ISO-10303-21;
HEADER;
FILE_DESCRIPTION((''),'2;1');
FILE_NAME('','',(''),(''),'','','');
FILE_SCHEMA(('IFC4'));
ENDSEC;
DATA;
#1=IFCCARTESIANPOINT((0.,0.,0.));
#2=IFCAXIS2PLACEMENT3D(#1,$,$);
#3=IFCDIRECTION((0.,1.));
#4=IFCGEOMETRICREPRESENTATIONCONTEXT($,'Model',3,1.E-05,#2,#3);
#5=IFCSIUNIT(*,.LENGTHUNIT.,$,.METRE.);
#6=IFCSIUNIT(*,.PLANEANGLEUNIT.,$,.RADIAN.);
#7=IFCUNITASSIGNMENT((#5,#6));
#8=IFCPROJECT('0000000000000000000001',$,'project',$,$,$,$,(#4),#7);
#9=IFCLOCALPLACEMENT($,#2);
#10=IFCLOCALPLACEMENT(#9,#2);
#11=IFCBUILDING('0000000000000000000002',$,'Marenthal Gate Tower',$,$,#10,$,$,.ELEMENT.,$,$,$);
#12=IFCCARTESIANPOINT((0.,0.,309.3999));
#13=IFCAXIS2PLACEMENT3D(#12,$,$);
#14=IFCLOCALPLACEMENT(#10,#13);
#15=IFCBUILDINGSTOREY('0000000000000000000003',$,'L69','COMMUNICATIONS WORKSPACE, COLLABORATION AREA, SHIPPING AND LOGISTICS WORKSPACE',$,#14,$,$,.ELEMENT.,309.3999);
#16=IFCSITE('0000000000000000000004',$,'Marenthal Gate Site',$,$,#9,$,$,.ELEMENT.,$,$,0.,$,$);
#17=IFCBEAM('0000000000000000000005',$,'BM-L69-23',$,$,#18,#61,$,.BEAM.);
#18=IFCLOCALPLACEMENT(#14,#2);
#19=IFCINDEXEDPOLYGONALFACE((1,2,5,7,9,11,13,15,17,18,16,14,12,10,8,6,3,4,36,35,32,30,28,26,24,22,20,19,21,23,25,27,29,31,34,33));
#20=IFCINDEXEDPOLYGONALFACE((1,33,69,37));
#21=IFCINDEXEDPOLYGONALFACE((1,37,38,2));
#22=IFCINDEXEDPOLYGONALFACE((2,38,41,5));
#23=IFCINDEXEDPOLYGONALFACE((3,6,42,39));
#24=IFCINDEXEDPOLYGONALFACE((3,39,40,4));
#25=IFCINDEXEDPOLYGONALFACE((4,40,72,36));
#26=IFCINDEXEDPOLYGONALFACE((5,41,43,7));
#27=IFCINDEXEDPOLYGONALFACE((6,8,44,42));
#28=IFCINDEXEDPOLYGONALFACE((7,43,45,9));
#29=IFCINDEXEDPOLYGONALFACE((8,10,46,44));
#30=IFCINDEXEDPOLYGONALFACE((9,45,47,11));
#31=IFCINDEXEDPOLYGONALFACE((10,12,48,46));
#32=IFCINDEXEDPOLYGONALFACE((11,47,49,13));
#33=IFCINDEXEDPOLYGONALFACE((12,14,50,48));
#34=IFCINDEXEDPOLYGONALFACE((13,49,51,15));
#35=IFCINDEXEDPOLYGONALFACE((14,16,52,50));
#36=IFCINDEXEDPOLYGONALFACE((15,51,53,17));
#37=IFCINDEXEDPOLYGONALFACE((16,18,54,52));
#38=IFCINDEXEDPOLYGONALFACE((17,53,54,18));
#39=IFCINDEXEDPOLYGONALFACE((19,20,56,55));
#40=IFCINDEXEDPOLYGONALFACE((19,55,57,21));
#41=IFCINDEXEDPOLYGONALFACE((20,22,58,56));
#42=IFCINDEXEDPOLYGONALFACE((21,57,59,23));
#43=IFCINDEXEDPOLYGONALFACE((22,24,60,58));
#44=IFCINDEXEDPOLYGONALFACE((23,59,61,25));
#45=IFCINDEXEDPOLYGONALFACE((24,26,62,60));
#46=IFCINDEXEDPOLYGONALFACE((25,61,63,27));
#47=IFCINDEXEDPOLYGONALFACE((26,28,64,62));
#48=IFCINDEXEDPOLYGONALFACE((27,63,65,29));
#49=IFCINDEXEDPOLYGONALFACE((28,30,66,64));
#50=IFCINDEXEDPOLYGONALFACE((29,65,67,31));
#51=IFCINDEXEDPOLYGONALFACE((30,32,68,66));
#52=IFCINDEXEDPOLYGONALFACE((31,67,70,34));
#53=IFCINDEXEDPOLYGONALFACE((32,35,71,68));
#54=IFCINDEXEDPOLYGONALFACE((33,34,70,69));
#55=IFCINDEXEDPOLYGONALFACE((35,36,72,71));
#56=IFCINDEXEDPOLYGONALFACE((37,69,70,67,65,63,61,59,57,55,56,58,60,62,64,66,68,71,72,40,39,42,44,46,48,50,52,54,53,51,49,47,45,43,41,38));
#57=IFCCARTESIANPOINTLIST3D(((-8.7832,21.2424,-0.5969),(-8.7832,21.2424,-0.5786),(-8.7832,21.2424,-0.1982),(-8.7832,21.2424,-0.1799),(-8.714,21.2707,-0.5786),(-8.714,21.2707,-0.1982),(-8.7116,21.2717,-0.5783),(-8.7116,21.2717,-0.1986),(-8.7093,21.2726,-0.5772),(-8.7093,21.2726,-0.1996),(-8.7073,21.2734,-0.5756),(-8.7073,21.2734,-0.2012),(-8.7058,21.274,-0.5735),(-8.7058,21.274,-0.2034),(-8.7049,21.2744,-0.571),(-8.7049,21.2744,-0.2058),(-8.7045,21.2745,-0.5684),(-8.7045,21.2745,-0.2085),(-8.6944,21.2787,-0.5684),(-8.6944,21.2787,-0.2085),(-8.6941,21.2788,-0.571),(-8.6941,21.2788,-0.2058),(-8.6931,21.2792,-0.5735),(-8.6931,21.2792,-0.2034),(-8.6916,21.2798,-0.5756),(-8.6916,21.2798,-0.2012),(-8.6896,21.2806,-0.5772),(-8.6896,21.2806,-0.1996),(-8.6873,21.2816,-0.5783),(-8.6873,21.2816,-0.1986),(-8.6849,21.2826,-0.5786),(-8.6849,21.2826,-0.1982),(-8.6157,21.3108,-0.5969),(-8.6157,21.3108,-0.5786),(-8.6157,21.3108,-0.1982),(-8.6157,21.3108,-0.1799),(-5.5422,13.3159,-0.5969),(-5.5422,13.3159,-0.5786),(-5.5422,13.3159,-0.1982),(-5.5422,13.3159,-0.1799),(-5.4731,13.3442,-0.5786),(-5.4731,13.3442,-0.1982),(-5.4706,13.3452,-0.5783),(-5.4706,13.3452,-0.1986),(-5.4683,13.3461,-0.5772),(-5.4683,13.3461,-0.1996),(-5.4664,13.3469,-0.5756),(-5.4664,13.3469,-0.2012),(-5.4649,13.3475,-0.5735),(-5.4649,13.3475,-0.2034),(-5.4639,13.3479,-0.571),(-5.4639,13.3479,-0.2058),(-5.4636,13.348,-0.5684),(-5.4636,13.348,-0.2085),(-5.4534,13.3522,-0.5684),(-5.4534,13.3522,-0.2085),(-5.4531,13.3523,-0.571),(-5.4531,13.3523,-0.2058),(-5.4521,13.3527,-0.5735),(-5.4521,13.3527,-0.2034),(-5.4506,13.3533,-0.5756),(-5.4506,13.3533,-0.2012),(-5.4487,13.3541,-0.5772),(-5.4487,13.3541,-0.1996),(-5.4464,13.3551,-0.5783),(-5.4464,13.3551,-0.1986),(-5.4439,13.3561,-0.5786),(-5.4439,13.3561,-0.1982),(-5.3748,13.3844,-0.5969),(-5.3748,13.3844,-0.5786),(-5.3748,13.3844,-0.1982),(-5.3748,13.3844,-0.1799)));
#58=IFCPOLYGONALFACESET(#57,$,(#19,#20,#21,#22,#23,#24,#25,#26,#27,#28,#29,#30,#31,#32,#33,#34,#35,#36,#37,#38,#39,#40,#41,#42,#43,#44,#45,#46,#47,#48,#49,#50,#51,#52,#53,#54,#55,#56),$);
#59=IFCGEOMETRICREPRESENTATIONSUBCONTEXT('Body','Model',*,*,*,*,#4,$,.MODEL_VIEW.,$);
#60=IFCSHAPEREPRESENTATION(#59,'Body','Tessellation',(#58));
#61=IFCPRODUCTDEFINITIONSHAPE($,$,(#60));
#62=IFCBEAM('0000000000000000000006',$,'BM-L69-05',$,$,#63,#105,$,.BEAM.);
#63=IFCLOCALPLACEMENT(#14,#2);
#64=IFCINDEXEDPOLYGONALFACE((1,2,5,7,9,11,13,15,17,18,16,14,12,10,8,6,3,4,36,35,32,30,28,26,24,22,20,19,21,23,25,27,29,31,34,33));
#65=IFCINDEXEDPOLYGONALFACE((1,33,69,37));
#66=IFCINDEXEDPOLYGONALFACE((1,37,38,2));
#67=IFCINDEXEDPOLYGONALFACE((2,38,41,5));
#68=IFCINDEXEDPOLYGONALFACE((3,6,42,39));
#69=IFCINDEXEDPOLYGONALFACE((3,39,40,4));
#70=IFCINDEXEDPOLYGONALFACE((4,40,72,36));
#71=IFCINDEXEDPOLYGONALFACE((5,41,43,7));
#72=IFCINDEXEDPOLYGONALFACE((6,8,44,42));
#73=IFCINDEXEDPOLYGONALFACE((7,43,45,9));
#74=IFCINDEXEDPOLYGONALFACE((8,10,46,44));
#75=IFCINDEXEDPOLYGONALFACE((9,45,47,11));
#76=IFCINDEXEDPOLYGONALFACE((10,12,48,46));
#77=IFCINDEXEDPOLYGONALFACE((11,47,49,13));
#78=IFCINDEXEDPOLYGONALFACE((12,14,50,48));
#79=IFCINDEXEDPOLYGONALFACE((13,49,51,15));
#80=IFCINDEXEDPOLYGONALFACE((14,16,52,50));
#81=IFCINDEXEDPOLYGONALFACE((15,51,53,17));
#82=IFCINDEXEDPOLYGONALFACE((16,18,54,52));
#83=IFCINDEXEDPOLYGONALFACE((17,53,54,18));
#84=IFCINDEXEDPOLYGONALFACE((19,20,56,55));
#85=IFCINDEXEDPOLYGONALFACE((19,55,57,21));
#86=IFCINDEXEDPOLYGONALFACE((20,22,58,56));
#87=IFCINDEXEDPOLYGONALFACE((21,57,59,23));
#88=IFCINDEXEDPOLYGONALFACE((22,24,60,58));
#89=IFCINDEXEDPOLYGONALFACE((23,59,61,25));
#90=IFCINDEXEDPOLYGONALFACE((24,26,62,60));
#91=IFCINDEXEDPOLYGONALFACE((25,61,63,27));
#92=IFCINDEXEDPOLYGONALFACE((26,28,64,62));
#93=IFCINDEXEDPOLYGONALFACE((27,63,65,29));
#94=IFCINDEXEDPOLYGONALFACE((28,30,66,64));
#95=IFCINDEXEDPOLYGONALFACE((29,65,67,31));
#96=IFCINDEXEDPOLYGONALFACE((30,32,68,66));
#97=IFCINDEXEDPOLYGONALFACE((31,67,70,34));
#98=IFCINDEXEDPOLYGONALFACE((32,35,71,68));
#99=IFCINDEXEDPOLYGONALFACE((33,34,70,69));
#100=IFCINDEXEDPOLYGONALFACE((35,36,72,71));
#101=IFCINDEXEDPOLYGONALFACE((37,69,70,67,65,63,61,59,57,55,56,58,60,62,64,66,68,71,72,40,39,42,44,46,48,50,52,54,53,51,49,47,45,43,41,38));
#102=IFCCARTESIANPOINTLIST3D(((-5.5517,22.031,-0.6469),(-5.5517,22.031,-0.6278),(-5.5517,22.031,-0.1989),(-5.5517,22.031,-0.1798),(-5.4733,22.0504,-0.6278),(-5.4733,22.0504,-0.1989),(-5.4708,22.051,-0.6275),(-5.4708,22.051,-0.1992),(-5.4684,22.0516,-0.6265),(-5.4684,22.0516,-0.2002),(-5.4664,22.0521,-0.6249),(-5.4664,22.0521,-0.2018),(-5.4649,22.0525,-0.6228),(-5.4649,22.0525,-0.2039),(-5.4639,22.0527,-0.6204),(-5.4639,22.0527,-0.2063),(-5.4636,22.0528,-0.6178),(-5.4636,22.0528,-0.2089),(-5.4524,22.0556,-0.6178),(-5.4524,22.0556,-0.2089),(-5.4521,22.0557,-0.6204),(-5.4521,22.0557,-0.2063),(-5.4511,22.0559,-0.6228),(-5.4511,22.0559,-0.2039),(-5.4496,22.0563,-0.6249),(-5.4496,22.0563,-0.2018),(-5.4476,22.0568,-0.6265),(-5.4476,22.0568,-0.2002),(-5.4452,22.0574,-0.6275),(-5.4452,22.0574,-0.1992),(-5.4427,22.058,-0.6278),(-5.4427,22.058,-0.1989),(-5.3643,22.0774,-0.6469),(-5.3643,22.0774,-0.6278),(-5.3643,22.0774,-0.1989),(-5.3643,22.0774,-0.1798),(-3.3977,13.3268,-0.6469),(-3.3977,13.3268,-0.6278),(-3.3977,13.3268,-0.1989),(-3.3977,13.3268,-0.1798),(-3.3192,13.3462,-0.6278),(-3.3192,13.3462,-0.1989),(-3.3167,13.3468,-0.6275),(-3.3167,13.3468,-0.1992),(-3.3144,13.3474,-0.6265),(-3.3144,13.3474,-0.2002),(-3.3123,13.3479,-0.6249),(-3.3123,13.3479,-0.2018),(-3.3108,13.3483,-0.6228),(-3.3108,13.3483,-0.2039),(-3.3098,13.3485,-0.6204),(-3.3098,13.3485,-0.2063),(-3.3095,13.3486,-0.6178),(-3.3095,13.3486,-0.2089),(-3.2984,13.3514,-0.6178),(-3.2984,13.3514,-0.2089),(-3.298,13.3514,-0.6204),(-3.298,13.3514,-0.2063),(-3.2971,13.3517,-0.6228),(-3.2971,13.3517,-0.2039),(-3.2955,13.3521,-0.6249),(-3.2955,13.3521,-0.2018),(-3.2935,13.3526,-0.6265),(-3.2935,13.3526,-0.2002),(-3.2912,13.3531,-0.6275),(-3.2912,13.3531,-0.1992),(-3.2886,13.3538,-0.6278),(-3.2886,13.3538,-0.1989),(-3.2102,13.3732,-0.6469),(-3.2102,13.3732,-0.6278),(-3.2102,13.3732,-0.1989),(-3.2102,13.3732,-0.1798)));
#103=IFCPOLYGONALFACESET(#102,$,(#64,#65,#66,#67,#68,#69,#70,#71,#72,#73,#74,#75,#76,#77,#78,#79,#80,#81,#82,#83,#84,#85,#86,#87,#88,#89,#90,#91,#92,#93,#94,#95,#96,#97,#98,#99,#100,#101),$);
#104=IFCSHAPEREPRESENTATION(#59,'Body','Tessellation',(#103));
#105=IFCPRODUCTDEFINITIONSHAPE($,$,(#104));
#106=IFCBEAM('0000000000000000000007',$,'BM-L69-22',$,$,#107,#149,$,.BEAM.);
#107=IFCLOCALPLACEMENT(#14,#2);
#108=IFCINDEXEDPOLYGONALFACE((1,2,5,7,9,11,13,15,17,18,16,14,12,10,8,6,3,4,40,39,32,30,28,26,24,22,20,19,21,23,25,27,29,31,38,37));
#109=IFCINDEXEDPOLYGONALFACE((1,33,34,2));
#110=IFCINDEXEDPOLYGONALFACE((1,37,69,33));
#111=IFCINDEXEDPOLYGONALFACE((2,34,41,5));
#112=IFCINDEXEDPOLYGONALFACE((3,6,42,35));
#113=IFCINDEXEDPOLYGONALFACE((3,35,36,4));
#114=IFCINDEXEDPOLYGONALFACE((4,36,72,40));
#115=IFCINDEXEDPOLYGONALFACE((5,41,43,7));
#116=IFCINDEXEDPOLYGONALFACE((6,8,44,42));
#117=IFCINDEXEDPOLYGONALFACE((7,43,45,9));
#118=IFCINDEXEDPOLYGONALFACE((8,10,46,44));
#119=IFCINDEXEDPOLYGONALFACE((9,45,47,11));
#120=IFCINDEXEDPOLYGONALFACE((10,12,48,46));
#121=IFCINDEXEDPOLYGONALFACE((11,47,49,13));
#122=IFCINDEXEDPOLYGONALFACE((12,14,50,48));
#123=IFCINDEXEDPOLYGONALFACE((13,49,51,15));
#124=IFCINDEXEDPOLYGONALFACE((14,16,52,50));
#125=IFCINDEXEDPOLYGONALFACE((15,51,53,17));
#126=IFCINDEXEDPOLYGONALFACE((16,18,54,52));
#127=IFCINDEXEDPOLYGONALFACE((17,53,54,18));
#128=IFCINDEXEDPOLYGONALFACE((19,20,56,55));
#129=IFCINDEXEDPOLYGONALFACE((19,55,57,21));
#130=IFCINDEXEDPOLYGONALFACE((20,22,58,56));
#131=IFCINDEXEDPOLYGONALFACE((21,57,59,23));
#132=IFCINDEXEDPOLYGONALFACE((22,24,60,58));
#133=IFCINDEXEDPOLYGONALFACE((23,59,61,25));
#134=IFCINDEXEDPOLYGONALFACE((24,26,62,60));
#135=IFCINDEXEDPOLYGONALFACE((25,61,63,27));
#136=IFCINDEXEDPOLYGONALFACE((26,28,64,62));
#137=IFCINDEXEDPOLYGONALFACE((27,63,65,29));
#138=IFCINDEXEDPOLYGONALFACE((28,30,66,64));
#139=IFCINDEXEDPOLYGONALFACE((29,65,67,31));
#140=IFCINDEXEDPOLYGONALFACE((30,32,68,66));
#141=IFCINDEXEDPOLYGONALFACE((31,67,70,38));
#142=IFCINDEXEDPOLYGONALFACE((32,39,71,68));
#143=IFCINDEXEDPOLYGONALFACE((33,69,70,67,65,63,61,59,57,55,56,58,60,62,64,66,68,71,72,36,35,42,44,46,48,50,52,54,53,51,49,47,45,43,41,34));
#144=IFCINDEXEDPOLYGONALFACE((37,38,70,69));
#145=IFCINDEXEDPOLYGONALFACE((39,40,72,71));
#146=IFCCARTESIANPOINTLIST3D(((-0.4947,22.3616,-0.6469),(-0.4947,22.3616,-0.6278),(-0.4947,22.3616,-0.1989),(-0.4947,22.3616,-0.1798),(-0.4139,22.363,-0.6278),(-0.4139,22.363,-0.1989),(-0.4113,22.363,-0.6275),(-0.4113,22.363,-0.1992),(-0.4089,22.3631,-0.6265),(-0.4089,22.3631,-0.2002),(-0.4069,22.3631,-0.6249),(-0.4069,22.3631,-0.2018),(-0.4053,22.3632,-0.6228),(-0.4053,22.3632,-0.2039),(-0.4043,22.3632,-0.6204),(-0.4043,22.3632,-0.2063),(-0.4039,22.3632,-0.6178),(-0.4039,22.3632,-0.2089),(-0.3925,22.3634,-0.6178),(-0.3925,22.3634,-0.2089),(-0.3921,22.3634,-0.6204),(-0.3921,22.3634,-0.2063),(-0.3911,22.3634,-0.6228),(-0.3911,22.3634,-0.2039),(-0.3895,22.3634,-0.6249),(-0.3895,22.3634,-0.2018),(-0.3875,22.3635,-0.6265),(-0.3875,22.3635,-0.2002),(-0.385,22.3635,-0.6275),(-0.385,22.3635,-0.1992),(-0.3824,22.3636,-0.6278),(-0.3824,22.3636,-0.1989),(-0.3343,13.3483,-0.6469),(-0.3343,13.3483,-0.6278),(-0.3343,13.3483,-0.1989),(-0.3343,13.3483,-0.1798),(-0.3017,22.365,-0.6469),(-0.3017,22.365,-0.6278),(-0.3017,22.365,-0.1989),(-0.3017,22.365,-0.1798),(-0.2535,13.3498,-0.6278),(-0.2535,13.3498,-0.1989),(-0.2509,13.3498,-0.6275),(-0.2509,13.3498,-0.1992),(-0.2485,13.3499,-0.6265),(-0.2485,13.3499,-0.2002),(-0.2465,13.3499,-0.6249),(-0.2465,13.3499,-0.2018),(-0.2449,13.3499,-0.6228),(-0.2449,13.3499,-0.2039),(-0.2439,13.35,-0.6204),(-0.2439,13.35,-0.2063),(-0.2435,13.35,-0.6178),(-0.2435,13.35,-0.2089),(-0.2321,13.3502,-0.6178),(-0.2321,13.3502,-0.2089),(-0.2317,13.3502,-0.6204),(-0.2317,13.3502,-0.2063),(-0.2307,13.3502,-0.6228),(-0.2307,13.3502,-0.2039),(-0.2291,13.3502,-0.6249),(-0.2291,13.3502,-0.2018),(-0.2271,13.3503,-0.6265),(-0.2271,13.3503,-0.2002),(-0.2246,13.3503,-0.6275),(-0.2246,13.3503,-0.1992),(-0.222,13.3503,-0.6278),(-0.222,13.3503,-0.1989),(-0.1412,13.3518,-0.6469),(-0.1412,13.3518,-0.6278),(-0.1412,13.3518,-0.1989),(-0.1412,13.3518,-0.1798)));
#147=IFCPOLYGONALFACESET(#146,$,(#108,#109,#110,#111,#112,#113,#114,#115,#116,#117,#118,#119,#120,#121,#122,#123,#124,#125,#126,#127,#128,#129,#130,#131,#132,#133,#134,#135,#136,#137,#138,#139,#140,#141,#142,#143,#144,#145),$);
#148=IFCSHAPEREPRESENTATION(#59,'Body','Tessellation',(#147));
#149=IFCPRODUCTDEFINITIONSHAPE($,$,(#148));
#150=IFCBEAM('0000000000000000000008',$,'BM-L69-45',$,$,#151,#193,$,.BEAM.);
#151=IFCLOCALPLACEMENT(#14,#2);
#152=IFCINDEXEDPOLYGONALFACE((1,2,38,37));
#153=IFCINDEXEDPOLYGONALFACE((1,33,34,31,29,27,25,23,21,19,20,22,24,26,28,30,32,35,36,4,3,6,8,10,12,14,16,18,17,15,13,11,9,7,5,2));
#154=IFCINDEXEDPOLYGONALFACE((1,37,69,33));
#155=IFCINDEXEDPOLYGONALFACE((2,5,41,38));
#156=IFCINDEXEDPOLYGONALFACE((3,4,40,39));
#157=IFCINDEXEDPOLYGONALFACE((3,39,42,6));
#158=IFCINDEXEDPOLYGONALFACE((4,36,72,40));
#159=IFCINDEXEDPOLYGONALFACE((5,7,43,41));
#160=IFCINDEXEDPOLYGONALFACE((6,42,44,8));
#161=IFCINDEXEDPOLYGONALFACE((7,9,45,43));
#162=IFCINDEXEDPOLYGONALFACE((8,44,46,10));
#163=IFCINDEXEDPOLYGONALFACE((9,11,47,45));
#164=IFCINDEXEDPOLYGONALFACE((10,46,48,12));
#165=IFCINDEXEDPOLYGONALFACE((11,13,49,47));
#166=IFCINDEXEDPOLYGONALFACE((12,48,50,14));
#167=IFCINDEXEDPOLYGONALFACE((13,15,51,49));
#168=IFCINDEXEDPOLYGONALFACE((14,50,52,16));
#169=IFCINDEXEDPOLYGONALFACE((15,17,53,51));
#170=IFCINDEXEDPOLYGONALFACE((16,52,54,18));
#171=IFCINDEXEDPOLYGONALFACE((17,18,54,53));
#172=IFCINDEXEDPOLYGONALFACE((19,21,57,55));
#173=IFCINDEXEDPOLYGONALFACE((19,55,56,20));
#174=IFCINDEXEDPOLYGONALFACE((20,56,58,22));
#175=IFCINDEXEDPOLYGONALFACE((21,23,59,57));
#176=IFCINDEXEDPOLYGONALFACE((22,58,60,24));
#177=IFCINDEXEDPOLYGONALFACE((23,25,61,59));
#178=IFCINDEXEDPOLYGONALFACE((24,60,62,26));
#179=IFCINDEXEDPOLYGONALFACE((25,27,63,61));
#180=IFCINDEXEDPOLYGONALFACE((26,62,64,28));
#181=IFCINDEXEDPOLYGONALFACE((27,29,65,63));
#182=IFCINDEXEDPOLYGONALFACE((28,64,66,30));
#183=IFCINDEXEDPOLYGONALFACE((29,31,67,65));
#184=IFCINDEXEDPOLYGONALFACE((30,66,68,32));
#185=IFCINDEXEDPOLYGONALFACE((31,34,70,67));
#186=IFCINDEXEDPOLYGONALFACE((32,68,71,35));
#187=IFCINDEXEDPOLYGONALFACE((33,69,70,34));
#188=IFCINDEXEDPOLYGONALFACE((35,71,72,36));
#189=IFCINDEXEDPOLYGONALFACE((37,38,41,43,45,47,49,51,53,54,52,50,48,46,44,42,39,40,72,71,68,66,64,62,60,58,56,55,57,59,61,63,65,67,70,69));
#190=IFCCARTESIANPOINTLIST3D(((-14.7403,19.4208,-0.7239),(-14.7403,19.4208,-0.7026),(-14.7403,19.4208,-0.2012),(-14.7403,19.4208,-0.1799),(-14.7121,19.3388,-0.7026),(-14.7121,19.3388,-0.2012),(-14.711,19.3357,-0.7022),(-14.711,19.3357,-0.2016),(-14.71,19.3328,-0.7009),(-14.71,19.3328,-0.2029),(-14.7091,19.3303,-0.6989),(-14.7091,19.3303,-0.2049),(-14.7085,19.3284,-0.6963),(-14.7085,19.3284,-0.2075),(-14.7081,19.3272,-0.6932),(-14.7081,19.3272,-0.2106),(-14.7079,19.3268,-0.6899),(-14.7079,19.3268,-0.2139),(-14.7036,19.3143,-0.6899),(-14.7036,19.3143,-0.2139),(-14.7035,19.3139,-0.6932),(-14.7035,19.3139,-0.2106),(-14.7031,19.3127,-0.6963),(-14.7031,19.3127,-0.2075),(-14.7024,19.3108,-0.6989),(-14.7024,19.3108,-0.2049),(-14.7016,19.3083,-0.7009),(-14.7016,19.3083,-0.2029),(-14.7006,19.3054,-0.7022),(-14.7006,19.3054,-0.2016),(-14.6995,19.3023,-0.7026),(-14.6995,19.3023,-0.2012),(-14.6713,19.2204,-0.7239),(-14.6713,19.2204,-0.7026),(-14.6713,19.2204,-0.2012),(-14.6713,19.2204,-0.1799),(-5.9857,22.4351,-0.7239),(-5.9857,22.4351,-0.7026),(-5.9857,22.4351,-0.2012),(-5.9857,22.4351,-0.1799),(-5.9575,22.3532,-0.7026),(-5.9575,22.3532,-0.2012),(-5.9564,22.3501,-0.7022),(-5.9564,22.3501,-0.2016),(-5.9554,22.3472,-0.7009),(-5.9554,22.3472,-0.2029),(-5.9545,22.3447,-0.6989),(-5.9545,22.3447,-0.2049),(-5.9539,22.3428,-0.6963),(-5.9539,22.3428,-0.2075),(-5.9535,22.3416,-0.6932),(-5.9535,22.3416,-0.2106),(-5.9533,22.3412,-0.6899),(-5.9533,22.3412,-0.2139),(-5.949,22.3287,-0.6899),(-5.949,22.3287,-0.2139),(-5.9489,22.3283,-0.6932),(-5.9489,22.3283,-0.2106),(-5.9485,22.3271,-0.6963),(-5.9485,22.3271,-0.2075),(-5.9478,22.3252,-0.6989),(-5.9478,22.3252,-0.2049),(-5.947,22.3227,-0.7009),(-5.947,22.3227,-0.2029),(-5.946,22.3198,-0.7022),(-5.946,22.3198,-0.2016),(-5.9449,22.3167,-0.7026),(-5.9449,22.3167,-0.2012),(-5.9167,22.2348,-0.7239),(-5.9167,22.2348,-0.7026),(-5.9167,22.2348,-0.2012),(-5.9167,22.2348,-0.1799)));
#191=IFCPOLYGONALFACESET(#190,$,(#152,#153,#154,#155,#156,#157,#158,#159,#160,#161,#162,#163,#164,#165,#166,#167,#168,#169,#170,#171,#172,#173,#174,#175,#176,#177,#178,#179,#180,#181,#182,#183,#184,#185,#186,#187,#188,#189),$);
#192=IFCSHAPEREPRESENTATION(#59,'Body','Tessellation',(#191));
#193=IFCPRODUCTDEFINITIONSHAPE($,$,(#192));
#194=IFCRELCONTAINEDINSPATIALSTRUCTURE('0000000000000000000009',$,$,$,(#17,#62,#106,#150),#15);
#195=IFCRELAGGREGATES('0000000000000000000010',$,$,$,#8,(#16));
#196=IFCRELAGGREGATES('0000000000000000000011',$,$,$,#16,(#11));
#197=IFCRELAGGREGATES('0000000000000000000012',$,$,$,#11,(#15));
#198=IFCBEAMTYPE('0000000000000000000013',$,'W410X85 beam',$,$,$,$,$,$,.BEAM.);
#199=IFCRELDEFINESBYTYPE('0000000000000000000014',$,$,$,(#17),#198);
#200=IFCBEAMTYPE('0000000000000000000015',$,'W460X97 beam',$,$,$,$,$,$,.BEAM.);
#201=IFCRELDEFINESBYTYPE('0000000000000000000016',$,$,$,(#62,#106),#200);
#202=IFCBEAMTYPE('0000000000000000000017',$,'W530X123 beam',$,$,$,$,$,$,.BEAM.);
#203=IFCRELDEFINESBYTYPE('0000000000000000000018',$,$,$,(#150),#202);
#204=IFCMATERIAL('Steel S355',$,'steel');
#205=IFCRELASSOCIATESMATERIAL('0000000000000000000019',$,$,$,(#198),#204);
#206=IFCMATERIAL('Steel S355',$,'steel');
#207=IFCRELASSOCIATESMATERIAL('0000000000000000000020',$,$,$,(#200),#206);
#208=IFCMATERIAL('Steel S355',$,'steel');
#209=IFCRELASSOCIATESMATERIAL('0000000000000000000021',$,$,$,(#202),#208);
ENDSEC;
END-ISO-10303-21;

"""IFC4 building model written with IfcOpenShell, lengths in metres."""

from ifc_helpers import new_model, si_unit, direction, frame, origin, origin_2d, place, context, subcontext, project, spatial, i_section, extrude, material, material_profile, profile_set, type_object, element, save


model = new_model("IFC4")

# Units and contexts
model_context = context("Model", 3, precision=1e-05, world=origin(), true_north=direction((0.0, 1.0)))
body_context = subcontext(model_context, "Body", "Model", "MODEL_VIEW")
ifc_project = project(units=[si_unit("LENGTHUNIT", "METRE"), si_unit("PLANEANGLEUNIT", "RADIAN")], contexts=[model_context])

# Site, building, storey
site_placement = place(None, origin())
site = spatial("IfcSite", under=ifc_project, at=site_placement, Name="Marenthal Gate Site", CompositionType="ELEMENT", RefElevation=0.0)
building_placement = place(site_placement, origin())
building = spatial("IfcBuilding", under=site, at=building_placement, Name="Marenthal Gate Tower", CompositionType="ELEMENT")
storey_placement = place(building_placement, frame((0.0, 0.0, 309.3999)))
storey = spatial("IfcBuildingStorey", under=building, at=storey_placement, Name="L69", Description="COMMUNICATIONS WORKSPACE, COLLABORATION AREA, SHIPPING AND LOGISTICS WORKSPACE", CompositionType="ELEMENT", Elevation=309.3999)

# Beams
ifc_material_1 = material(Name="Steel S355", Category="steel")
ifc_material_profile_1 = material_profile(ifc_material_1, i_section(OverallWidth=0.1809, OverallDepth=0.417, WebThickness=0.011, FlangeThickness=0.0183, FilletRadius=0.0103, at=origin_2d()), Name="W410X85")
ifc_profile_set_1 = profile_set([ifc_material_profile_1], Name="Steel S355")
beam_type_1 = type_object("IfcBeamType", Name="W410X85 beam", PredefinedType="BEAM", material=ifc_profile_set_1)
beam_1_placement = place(storey_placement, frame((-8.6995, 21.2766, -0.3884), z_axis=(0.378463, -0.925616, 0.0), x_axis=(0.925616, 0.378463, 0.0)))
element("IfcBeam", 1, at=beam_1_placement, inside=storey, type_object=beam_type_1, Name="BM-L69-23", PredefinedType="BEAM", context=body_context, shape_type="SweptSolid", body=[
    extrude(i_section(OverallWidth=0.1809, OverallDepth=0.417, WebThickness=0.011, FlangeThickness=0.0183, FilletRadius=0.0103, at=origin_2d()), origin(), (0.0, 0.0, 1.0), 8.5635),
])
ifc_material_2 = material(Name="Steel S355", Category="steel")
ifc_material_profile_2 = material_profile(ifc_material_2, i_section(OverallWidth=0.1931, OverallDepth=0.467, WebThickness=0.0115, FlangeThickness=0.019, FilletRadius=0.01, at=origin_2d()), Name="W460X97")
ifc_profile_set_2 = profile_set([ifc_material_profile_2], Name="Steel S355")
beam_type_2 = type_object("IfcBeamType", Name="W460X97 beam", PredefinedType="BEAM", material=ifc_profile_set_2)
beam_2_placement = place(storey_placement, frame((-5.458, 22.0542, -0.4133), z_axis=(0.240229, -0.970716, 0.0), x_axis=(0.970716, 0.240229, 0.0)))
element("IfcBeam", 2, at=beam_2_placement, inside=storey, type_object=beam_type_2, Name="BM-L69-05", PredefinedType="BEAM", context=body_context, shape_type="SweptSolid", body=[
    extrude(i_section(OverallWidth=0.1931, OverallDepth=0.467, WebThickness=0.0115, FlangeThickness=0.019, FilletRadius=0.01, at=origin_2d()), origin(), (0.0, 0.0, 1.0), 8.9668),
])
beam_3_placement = place(storey_placement, frame((-0.3982, 22.3633, -0.4133), z_axis=(0.017793, -0.999842, 0.0), x_axis=(0.999842, 0.017793, 0.0)))
element("IfcBeam", 3, at=beam_3_placement, inside=storey, type_object=beam_type_2, Name="BM-L69-22", PredefinedType="BEAM", context=body_context, shape_type="SweptSolid", body=[
    extrude(i_section(OverallWidth=0.1931, OverallDepth=0.467, WebThickness=0.0115, FlangeThickness=0.019, FilletRadius=0.01, at=origin_2d()), origin(), (0.0, 0.0, 1.0), 9.0146),
])
ifc_material_3 = material(Name="Steel S355", Category="steel")
ifc_material_profile_3 = material_profile(ifc_material_3, i_section(OverallWidth=0.2119, OverallDepth=0.5439, WebThickness=0.0132, FlangeThickness=0.0212, FilletRadius=0.0127, at=origin_2d()), Name="W530X123")
ifc_profile_set_3 = profile_set([ifc_material_profile_3], Name="Steel S355")
beam_type_3 = type_object("IfcBeamType", Name="W530X123 beam", PredefinedType="BEAM", material=ifc_profile_set_3)
beam_4_placement = place(storey_placement, frame((-5.9512, 22.335, -0.4519), z_axis=(-0.945521, -0.325562, 0.0), x_axis=(0.325562, -0.945521, 0.0)))
element("IfcBeam", 4, at=beam_4_placement, inside=storey, type_object=beam_type_3, Name="BM-L69-45", PredefinedType="BEAM", context=body_context, shape_type="SweptSolid", body=[
    extrude(i_section(OverallWidth=0.2119, OverallDepth=0.5439, WebThickness=0.0132, FlangeThickness=0.0212, FilletRadius=0.0127, at=origin_2d()), origin(), (0.0, 0.0, 1.0), 9.259),
])

save(model, "model.ifc")
